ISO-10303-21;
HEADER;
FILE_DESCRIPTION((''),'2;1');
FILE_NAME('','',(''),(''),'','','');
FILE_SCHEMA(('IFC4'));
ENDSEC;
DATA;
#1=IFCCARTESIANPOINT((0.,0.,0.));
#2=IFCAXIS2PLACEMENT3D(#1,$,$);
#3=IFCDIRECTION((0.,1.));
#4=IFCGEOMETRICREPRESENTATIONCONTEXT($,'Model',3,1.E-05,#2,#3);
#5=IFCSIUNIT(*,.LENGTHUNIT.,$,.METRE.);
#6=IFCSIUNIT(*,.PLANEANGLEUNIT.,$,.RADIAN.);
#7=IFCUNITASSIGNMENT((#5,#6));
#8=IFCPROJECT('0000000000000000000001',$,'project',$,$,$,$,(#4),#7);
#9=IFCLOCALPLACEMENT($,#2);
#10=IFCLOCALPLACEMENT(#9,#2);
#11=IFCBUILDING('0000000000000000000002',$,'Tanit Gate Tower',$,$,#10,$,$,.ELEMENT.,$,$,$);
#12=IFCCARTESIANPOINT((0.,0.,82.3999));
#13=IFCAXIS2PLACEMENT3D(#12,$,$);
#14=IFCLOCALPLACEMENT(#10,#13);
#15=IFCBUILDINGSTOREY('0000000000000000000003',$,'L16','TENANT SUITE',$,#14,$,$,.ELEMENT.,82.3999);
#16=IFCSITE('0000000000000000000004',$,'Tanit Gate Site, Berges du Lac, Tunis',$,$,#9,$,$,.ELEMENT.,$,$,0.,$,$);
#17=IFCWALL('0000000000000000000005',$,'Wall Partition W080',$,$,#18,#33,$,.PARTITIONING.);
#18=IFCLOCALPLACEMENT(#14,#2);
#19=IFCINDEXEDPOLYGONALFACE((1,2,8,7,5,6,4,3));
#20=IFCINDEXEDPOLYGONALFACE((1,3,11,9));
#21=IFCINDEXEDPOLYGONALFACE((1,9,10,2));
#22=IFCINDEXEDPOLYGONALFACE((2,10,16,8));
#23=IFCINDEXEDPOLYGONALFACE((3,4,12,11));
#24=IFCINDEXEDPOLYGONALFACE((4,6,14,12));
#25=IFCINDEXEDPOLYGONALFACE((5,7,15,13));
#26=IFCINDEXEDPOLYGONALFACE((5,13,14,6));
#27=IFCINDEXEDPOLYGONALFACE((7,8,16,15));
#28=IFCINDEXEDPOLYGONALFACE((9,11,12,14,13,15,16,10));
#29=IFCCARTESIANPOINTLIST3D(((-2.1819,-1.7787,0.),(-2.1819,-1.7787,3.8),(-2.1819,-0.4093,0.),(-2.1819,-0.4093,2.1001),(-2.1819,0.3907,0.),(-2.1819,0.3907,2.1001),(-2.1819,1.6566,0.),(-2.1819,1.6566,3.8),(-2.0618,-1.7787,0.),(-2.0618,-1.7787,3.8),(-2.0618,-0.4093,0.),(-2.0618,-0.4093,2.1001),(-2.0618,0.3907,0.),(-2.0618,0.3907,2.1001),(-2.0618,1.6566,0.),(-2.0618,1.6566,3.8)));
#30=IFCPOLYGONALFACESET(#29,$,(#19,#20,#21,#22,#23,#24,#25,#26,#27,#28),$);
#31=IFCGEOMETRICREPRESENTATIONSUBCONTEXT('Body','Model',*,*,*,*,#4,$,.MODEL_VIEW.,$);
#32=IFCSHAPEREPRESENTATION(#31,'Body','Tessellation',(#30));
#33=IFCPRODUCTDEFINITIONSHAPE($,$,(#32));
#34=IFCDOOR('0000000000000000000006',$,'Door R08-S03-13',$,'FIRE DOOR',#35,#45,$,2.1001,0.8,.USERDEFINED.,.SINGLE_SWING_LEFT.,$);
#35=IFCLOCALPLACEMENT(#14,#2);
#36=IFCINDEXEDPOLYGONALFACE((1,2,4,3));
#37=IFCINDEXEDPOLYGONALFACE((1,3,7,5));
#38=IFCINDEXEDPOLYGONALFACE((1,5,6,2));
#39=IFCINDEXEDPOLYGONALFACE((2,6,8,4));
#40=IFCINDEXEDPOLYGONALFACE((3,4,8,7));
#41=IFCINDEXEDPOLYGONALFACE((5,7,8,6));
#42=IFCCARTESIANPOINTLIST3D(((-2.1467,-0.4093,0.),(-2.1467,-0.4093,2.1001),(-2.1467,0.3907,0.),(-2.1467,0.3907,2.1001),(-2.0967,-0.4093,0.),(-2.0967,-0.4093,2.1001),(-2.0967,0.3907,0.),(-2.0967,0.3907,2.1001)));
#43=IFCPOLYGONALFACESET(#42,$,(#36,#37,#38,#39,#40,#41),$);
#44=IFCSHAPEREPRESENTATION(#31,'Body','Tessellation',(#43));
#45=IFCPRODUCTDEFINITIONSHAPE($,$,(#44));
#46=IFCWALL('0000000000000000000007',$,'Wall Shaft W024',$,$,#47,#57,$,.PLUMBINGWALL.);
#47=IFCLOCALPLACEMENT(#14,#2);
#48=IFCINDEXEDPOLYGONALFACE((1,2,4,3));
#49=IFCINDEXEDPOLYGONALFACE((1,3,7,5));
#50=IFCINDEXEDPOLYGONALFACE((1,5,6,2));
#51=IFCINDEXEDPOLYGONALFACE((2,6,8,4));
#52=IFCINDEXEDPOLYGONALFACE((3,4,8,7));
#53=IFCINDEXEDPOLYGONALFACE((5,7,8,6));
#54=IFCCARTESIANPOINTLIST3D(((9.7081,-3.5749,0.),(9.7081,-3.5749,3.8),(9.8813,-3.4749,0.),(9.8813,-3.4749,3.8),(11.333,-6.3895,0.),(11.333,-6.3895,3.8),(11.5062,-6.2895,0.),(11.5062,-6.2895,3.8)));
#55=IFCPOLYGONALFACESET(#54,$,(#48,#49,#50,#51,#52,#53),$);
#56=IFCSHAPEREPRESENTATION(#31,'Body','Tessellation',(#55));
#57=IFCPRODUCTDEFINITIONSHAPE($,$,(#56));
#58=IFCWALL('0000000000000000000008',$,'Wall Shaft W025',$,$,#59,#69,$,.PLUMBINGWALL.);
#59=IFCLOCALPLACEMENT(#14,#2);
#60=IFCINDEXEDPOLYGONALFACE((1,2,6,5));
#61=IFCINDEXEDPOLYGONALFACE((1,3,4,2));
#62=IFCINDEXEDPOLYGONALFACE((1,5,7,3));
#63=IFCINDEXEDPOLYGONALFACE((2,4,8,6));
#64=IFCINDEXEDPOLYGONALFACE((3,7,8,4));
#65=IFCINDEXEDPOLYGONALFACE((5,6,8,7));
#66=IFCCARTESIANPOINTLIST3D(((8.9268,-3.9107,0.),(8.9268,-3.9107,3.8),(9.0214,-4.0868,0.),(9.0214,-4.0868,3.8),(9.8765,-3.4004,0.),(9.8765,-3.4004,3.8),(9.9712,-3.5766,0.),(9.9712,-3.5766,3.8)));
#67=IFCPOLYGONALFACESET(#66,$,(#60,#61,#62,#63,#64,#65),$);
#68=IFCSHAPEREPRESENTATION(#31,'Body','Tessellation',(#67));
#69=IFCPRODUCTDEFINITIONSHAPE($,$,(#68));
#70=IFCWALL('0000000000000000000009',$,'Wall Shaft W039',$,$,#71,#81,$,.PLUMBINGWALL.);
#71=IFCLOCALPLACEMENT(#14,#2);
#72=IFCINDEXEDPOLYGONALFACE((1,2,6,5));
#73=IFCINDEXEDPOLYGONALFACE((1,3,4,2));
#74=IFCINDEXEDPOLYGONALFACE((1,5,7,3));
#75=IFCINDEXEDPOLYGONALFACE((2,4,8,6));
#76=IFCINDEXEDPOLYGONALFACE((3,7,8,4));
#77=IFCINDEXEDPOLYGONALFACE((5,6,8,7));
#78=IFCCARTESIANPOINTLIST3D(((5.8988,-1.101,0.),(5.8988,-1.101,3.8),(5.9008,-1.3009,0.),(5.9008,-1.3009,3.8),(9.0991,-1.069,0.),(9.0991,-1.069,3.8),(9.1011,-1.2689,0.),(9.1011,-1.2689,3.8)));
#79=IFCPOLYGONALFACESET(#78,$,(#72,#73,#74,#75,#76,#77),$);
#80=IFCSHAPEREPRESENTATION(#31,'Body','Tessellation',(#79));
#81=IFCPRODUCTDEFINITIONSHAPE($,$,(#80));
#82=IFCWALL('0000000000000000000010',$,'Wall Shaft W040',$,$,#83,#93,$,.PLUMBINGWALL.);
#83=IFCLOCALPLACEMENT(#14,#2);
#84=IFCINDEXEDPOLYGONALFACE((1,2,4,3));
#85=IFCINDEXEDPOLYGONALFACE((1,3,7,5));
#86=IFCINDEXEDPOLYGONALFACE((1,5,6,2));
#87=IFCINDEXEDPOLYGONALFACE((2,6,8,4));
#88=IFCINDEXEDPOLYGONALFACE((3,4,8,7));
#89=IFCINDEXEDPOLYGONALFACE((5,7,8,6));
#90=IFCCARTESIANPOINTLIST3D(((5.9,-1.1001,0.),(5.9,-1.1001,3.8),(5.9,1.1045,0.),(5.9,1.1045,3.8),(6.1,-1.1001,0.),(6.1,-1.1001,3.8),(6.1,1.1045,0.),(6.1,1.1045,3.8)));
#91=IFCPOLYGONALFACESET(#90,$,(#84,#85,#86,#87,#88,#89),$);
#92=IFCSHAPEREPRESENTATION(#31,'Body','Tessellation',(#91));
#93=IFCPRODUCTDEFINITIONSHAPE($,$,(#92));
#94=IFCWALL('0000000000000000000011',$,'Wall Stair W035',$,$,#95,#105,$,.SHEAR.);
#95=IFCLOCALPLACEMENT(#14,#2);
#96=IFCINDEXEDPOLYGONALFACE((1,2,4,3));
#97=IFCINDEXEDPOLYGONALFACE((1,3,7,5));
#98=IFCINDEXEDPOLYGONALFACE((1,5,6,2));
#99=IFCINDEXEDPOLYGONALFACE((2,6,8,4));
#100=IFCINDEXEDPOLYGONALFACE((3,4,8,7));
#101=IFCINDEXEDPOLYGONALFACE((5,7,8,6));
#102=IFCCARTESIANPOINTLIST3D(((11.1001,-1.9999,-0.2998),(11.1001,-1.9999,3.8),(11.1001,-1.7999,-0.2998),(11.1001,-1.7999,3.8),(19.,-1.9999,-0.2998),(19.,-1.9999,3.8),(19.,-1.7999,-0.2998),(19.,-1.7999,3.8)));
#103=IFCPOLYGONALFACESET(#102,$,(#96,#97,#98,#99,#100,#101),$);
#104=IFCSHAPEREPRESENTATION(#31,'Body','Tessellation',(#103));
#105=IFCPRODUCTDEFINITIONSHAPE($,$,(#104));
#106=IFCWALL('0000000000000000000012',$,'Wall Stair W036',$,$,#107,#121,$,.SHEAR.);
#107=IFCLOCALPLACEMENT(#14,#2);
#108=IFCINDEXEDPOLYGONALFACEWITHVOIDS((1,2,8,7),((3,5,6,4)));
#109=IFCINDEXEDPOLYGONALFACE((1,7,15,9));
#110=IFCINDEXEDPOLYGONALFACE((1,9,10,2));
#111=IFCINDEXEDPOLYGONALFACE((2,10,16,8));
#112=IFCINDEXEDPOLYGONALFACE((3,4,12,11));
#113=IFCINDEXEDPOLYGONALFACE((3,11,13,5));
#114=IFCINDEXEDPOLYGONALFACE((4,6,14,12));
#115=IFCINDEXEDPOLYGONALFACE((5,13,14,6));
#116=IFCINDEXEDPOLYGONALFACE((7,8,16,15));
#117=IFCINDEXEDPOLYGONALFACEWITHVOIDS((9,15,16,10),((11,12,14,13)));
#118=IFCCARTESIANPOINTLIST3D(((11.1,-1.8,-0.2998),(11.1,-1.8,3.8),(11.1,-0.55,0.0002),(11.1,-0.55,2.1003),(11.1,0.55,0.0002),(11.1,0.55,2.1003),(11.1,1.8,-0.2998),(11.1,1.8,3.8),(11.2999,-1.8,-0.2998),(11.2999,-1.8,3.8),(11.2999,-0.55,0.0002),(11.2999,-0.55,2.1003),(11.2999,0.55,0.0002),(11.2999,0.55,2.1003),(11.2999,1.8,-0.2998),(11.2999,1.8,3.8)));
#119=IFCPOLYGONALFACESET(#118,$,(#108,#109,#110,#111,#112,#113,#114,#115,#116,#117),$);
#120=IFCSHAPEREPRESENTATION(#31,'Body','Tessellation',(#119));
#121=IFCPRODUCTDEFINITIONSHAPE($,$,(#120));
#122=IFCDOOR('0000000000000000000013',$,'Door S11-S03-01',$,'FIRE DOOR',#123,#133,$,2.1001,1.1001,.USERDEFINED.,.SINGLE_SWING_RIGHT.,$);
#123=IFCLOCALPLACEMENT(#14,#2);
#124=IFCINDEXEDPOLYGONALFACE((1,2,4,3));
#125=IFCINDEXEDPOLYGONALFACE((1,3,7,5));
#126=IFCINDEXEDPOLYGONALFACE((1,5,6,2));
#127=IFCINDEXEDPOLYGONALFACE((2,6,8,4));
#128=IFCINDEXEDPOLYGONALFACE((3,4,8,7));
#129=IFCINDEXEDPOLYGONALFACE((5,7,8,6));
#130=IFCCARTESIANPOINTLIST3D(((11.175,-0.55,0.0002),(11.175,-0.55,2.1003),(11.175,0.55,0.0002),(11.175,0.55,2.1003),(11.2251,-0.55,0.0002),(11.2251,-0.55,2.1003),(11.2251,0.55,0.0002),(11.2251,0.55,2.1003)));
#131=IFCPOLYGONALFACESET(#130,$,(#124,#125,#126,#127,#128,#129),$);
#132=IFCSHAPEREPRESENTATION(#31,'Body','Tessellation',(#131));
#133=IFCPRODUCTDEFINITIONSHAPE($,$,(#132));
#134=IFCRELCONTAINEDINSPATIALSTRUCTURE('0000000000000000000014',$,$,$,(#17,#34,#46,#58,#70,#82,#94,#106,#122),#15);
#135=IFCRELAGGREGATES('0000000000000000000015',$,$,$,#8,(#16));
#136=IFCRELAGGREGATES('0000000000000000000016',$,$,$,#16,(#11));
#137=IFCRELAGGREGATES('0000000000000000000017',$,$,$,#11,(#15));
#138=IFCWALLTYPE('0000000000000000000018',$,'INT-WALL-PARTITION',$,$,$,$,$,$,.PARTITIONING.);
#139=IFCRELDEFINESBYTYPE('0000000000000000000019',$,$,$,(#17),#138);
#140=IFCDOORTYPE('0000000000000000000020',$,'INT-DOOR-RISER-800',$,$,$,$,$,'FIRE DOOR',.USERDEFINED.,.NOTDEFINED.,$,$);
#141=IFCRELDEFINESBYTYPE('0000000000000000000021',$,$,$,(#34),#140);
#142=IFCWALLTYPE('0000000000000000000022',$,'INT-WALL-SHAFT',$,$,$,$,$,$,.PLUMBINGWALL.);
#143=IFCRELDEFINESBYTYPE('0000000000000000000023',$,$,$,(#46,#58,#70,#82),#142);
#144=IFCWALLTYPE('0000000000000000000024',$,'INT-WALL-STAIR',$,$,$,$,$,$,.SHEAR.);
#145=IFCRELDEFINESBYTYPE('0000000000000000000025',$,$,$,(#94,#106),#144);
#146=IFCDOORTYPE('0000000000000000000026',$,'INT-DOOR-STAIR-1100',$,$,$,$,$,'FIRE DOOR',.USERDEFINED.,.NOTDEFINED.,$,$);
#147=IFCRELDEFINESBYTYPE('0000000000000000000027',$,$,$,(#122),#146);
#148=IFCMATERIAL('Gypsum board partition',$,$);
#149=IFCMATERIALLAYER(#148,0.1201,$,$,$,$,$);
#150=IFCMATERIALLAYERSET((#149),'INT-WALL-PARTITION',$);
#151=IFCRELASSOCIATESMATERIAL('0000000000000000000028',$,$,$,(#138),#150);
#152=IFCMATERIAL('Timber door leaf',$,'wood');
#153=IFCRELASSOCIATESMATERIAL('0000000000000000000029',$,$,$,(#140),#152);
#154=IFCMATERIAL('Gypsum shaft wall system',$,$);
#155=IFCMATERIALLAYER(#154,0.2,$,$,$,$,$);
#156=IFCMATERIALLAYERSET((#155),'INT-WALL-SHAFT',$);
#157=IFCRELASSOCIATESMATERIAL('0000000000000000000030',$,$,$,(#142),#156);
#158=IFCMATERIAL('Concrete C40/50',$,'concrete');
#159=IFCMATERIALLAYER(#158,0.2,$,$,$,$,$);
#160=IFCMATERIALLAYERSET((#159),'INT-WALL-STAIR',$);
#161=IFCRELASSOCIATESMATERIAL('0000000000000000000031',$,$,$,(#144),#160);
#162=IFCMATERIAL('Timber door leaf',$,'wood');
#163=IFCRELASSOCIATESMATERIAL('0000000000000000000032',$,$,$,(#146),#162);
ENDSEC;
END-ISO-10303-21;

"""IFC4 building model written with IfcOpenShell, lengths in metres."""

from ifc_helpers import new_model, si_unit, direction, frame, frame_2d, origin, place, context, subcontext, project, spatial, rectangle, extrude, material, layer, layer_set, type_object, element, fill, save


model = new_model("IFC4")

# Units and contexts
model_context = context("Model", 3, precision=1e-05, world=origin(), true_north=direction((0.0, 1.0)))
body_context = subcontext(model_context, "Body", "Model", "MODEL_VIEW")
ifc_project = project(units=[si_unit("LENGTHUNIT", "METRE"), si_unit("PLANEANGLEUNIT", "RADIAN")], contexts=[model_context])

# Site, building, storey
site_placement = place(None, origin())
site = spatial("IfcSite", under=ifc_project, at=site_placement, Name="Tanit Gate Site, Berges du Lac, Tunis", CompositionType="ELEMENT", RefElevation=0.0)
building_placement = place(site_placement, origin())
building = spatial("IfcBuilding", under=site, at=building_placement, Name="Tanit Gate Tower", CompositionType="ELEMENT")
storey_placement = place(building_placement, frame((0.0, 0.0, 82.3999)))
storey = spatial("IfcBuildingStorey", under=building, at=storey_placement, Name="L16", Description="TENANT SUITE", CompositionType="ELEMENT", Elevation=82.3999)

# Shared definitions
ifc_material_1 = material(Name="Gypsum board partition")
ifc_layer_1 = layer(ifc_material_1, 0.1201)
ifc_layer_set_1 = layer_set([ifc_layer_1], Name="INT-WALL-PARTITION")
wall_type_1 = type_object("IfcWallType", Name="INT-WALL-PARTITION", PredefinedType="PARTITIONING", material=ifc_layer_set_1)
ifc_material_2 = material(Name="Timber door leaf", Category="wood")
door_type_1 = type_object("IfcDoorType", Name="INT-DOOR-RISER-800", ElementType="FIRE DOOR", OperationType="NOTDEFINED", PredefinedType="USERDEFINED", material=ifc_material_2)

# Wall, opening, door
wall_1_placement = place(storey_placement, frame((-2.1218, -1.7788, 0.0), z_axis=(0.0, 0.0, 1.0), x_axis=(0.0, 1.0, 0.0)))
wall_1 = element("IfcWall", 1, at=wall_1_placement, inside=storey, type_object=wall_type_1, Name="Wall Partition W080", PredefinedType="PARTITIONING", context=body_context, shape_type="SweptSolid", body=[
    extrude(rectangle(XDim=3.4353, YDim=0.1201, at=frame_2d((1.7178, 0.0))), origin(), (0.0, 0.0, 1.0), 3.8),
])
opening_1_placement = place(wall_1_placement, frame((1.3696, 0.0, 0.0)))
opening_1 = element("IfcOpeningElement", 2, at=opening_1_placement, cuts=wall_1, PredefinedType="OPENING", context=body_context, shape_type="SweptSolid", body=[
    extrude(rectangle(XDim=0.8, YDim=2.1001, at=frame_2d((0.3999, 1.05))), frame((0.0, 0.0701, 0.0), z_axis=(0.0, -1.0, 0.0), x_axis=(1.0, 0.0, 0.0)), (0.0, 0.0, 1.0), 0.1401),
])
door_1_placement = place(opening_1_placement, origin())
door_1 = element("IfcDoor", 3, at=door_1_placement, inside=storey, type_object=door_type_1, Name="Door R08-S03-13", ObjectType="FIRE DOOR", OperationType="SINGLE_SWING_LEFT", OverallHeight=2.1001, OverallWidth=0.8, PredefinedType="USERDEFINED", context=body_context, shape_type="SweptSolid", body=[
    extrude(rectangle(XDim=0.8, YDim=2.1001, at=frame_2d((0.3999, 1.05))), frame((0.0, 0.0249, 0.0), z_axis=(0.0, -1.0, 0.0), x_axis=(1.0, 0.0, 0.0)), (0.0, 0.0, 1.0), 0.05),
])
fill(opening_1, door_1)

# Walls
ifc_material_3 = material(Name="Gypsum shaft wall system")
ifc_layer_2 = layer(ifc_material_3, 0.2)
ifc_layer_set_2 = layer_set([ifc_layer_2], Name="INT-WALL-SHAFT")
wall_type_2 = type_object("IfcWallType", Name="INT-WALL-SHAFT", PredefinedType="PLUMBINGWALL", material=ifc_layer_set_2)
wall_2_placement = place(storey_placement, frame((9.7947, -3.5249, 0.0), z_axis=(0.0, 0.0, 1.0), x_axis=(0.499985, -0.866034, 0.0)))
element("IfcWall", 4, at=wall_2_placement, inside=storey, type_object=wall_type_2, Name="Wall Shaft W024", PredefinedType="PLUMBINGWALL", context=body_context, shape_type="SweptSolid", body=[
    extrude(rectangle(XDim=3.25, YDim=0.2, at=frame_2d((1.625, 0.0))), origin(), (0.0, 0.0, 1.0), 3.8),
])
wall_3_placement = place(storey_placement, frame((8.9741, -3.9988, 0.0), z_axis=(0.0, 0.0, 1.0), x_axis=(0.880907, 0.473289, 0.0)))
element("IfcWall", 5, at=wall_3_placement, inside=storey, type_object=wall_type_2, Name="Wall Shaft W025", PredefinedType="PLUMBINGWALL", context=body_context, shape_type="SweptSolid", body=[
    extrude(rectangle(XDim=1.0781, YDim=0.2, at=frame_2d((0.5391, 0.0))), origin(), (0.0, 0.0, 1.0), 3.8),
])
wall_4_placement = place(storey_placement, frame((5.8999, -1.2009, 0.0), z_axis=(0.0, 0.0, 1.0), x_axis=(0.99995, 0.009993, 0.0)))
element("IfcWall", 6, at=wall_4_placement, inside=storey, type_object=wall_type_2, Name="Wall Shaft W039", PredefinedType="PLUMBINGWALL", context=body_context, shape_type="SweptSolid", body=[
    extrude(rectangle(XDim=3.2004, YDim=0.2, at=frame_2d((1.6001, 0.0))), origin(), (0.0, 0.0, 1.0), 3.8),
])
wall_5_placement = place(storey_placement, frame((6.0, -1.1001, 0.0), z_axis=(0.0, 0.0, 1.0), x_axis=(0.0, 1.0, 0.0)))
element("IfcWall", 7, at=wall_5_placement, inside=storey, type_object=wall_type_2, Name="Wall Shaft W040", PredefinedType="PLUMBINGWALL", context=body_context, shape_type="SweptSolid", body=[
    extrude(rectangle(XDim=2.2046, YDim=0.2, at=frame_2d((1.1023, 0.0))), origin(), (0.0, 0.0, 1.0), 3.8),
])
ifc_material_4 = material(Name="Concrete C40/50", Category="concrete")
ifc_layer_3 = layer(ifc_material_4, 0.2)
ifc_layer_set_3 = layer_set([ifc_layer_3], Name="INT-WALL-STAIR")
wall_type_3 = type_object("IfcWallType", Name="INT-WALL-STAIR", PredefinedType="SHEAR", material=ifc_layer_set_3)
wall_6_placement = place(storey_placement, frame((11.1001, -1.8999, -0.2998), z_axis=(0.0, 0.0, 1.0), x_axis=(1.0, 0.0, 0.0)))
element("IfcWall", 8, at=wall_6_placement, inside=storey, type_object=wall_type_3, Name="Wall Stair W035", PredefinedType="SHEAR", context=body_context, shape_type="SweptSolid", body=[
    extrude(rectangle(XDim=7.8999, YDim=0.2, at=frame_2d((3.95, 0.0))), origin(), (0.0, 0.0, 1.0), 4.0999),
])

# Wall, opening, door
wall_7_placement = place(storey_placement, frame((11.2, -1.8, -0.2998), z_axis=(0.0, 0.0, 1.0), x_axis=(0.0, 1.0, 0.0)))
wall_7 = element("IfcWall", 9, at=wall_7_placement, inside=storey, type_object=wall_type_3, Name="Wall Stair W036", PredefinedType="SHEAR", context=body_context, shape_type="SweptSolid", body=[
    extrude(rectangle(XDim=3.6001, YDim=0.2, at=frame_2d((1.8, 0.0))), origin(), (0.0, 0.0, 1.0), 4.0999),
])
opening_2_placement = place(wall_7_placement, frame((1.25, 0.0, 0.3)))
opening_2 = element("IfcOpeningElement", 10, at=opening_2_placement, cuts=wall_7, PredefinedType="OPENING", context=body_context, shape_type="SweptSolid", body=[
    extrude(rectangle(XDim=1.1001, YDim=2.1001, at=frame_2d((0.55, 1.05))), frame((0.0, 0.1099, 0.0), z_axis=(0.0, -1.0, 0.0), x_axis=(1.0, 0.0, 0.0)), (0.0, 0.0, 1.0), 0.22),
])
ifc_material_5 = material(Name="Timber door leaf", Category="wood")
door_type_2 = type_object("IfcDoorType", Name="INT-DOOR-STAIR-1100", ElementType="FIRE DOOR", OperationType="NOTDEFINED", PredefinedType="USERDEFINED", material=ifc_material_5)
door_2_placement = place(opening_2_placement, origin())
door_2 = element("IfcDoor", 11, at=door_2_placement, inside=storey, type_object=door_type_2, Name="Door S11-S03-01", ObjectType="FIRE DOOR", OperationType="SINGLE_SWING_RIGHT", OverallHeight=2.1001, OverallWidth=1.1001, PredefinedType="USERDEFINED", context=body_context, shape_type="SweptSolid", body=[
    extrude(rectangle(XDim=1.1001, YDim=2.1001, at=frame_2d((0.55, 1.05))), frame((0.0, 0.0249, 0.0), z_axis=(0.0, -1.0, 0.0), x_axis=(1.0, 0.0, 0.0)), (0.0, 0.0, 1.0), 0.05),
])
fill(opening_2, door_2)

save(model, "model.ifc")
